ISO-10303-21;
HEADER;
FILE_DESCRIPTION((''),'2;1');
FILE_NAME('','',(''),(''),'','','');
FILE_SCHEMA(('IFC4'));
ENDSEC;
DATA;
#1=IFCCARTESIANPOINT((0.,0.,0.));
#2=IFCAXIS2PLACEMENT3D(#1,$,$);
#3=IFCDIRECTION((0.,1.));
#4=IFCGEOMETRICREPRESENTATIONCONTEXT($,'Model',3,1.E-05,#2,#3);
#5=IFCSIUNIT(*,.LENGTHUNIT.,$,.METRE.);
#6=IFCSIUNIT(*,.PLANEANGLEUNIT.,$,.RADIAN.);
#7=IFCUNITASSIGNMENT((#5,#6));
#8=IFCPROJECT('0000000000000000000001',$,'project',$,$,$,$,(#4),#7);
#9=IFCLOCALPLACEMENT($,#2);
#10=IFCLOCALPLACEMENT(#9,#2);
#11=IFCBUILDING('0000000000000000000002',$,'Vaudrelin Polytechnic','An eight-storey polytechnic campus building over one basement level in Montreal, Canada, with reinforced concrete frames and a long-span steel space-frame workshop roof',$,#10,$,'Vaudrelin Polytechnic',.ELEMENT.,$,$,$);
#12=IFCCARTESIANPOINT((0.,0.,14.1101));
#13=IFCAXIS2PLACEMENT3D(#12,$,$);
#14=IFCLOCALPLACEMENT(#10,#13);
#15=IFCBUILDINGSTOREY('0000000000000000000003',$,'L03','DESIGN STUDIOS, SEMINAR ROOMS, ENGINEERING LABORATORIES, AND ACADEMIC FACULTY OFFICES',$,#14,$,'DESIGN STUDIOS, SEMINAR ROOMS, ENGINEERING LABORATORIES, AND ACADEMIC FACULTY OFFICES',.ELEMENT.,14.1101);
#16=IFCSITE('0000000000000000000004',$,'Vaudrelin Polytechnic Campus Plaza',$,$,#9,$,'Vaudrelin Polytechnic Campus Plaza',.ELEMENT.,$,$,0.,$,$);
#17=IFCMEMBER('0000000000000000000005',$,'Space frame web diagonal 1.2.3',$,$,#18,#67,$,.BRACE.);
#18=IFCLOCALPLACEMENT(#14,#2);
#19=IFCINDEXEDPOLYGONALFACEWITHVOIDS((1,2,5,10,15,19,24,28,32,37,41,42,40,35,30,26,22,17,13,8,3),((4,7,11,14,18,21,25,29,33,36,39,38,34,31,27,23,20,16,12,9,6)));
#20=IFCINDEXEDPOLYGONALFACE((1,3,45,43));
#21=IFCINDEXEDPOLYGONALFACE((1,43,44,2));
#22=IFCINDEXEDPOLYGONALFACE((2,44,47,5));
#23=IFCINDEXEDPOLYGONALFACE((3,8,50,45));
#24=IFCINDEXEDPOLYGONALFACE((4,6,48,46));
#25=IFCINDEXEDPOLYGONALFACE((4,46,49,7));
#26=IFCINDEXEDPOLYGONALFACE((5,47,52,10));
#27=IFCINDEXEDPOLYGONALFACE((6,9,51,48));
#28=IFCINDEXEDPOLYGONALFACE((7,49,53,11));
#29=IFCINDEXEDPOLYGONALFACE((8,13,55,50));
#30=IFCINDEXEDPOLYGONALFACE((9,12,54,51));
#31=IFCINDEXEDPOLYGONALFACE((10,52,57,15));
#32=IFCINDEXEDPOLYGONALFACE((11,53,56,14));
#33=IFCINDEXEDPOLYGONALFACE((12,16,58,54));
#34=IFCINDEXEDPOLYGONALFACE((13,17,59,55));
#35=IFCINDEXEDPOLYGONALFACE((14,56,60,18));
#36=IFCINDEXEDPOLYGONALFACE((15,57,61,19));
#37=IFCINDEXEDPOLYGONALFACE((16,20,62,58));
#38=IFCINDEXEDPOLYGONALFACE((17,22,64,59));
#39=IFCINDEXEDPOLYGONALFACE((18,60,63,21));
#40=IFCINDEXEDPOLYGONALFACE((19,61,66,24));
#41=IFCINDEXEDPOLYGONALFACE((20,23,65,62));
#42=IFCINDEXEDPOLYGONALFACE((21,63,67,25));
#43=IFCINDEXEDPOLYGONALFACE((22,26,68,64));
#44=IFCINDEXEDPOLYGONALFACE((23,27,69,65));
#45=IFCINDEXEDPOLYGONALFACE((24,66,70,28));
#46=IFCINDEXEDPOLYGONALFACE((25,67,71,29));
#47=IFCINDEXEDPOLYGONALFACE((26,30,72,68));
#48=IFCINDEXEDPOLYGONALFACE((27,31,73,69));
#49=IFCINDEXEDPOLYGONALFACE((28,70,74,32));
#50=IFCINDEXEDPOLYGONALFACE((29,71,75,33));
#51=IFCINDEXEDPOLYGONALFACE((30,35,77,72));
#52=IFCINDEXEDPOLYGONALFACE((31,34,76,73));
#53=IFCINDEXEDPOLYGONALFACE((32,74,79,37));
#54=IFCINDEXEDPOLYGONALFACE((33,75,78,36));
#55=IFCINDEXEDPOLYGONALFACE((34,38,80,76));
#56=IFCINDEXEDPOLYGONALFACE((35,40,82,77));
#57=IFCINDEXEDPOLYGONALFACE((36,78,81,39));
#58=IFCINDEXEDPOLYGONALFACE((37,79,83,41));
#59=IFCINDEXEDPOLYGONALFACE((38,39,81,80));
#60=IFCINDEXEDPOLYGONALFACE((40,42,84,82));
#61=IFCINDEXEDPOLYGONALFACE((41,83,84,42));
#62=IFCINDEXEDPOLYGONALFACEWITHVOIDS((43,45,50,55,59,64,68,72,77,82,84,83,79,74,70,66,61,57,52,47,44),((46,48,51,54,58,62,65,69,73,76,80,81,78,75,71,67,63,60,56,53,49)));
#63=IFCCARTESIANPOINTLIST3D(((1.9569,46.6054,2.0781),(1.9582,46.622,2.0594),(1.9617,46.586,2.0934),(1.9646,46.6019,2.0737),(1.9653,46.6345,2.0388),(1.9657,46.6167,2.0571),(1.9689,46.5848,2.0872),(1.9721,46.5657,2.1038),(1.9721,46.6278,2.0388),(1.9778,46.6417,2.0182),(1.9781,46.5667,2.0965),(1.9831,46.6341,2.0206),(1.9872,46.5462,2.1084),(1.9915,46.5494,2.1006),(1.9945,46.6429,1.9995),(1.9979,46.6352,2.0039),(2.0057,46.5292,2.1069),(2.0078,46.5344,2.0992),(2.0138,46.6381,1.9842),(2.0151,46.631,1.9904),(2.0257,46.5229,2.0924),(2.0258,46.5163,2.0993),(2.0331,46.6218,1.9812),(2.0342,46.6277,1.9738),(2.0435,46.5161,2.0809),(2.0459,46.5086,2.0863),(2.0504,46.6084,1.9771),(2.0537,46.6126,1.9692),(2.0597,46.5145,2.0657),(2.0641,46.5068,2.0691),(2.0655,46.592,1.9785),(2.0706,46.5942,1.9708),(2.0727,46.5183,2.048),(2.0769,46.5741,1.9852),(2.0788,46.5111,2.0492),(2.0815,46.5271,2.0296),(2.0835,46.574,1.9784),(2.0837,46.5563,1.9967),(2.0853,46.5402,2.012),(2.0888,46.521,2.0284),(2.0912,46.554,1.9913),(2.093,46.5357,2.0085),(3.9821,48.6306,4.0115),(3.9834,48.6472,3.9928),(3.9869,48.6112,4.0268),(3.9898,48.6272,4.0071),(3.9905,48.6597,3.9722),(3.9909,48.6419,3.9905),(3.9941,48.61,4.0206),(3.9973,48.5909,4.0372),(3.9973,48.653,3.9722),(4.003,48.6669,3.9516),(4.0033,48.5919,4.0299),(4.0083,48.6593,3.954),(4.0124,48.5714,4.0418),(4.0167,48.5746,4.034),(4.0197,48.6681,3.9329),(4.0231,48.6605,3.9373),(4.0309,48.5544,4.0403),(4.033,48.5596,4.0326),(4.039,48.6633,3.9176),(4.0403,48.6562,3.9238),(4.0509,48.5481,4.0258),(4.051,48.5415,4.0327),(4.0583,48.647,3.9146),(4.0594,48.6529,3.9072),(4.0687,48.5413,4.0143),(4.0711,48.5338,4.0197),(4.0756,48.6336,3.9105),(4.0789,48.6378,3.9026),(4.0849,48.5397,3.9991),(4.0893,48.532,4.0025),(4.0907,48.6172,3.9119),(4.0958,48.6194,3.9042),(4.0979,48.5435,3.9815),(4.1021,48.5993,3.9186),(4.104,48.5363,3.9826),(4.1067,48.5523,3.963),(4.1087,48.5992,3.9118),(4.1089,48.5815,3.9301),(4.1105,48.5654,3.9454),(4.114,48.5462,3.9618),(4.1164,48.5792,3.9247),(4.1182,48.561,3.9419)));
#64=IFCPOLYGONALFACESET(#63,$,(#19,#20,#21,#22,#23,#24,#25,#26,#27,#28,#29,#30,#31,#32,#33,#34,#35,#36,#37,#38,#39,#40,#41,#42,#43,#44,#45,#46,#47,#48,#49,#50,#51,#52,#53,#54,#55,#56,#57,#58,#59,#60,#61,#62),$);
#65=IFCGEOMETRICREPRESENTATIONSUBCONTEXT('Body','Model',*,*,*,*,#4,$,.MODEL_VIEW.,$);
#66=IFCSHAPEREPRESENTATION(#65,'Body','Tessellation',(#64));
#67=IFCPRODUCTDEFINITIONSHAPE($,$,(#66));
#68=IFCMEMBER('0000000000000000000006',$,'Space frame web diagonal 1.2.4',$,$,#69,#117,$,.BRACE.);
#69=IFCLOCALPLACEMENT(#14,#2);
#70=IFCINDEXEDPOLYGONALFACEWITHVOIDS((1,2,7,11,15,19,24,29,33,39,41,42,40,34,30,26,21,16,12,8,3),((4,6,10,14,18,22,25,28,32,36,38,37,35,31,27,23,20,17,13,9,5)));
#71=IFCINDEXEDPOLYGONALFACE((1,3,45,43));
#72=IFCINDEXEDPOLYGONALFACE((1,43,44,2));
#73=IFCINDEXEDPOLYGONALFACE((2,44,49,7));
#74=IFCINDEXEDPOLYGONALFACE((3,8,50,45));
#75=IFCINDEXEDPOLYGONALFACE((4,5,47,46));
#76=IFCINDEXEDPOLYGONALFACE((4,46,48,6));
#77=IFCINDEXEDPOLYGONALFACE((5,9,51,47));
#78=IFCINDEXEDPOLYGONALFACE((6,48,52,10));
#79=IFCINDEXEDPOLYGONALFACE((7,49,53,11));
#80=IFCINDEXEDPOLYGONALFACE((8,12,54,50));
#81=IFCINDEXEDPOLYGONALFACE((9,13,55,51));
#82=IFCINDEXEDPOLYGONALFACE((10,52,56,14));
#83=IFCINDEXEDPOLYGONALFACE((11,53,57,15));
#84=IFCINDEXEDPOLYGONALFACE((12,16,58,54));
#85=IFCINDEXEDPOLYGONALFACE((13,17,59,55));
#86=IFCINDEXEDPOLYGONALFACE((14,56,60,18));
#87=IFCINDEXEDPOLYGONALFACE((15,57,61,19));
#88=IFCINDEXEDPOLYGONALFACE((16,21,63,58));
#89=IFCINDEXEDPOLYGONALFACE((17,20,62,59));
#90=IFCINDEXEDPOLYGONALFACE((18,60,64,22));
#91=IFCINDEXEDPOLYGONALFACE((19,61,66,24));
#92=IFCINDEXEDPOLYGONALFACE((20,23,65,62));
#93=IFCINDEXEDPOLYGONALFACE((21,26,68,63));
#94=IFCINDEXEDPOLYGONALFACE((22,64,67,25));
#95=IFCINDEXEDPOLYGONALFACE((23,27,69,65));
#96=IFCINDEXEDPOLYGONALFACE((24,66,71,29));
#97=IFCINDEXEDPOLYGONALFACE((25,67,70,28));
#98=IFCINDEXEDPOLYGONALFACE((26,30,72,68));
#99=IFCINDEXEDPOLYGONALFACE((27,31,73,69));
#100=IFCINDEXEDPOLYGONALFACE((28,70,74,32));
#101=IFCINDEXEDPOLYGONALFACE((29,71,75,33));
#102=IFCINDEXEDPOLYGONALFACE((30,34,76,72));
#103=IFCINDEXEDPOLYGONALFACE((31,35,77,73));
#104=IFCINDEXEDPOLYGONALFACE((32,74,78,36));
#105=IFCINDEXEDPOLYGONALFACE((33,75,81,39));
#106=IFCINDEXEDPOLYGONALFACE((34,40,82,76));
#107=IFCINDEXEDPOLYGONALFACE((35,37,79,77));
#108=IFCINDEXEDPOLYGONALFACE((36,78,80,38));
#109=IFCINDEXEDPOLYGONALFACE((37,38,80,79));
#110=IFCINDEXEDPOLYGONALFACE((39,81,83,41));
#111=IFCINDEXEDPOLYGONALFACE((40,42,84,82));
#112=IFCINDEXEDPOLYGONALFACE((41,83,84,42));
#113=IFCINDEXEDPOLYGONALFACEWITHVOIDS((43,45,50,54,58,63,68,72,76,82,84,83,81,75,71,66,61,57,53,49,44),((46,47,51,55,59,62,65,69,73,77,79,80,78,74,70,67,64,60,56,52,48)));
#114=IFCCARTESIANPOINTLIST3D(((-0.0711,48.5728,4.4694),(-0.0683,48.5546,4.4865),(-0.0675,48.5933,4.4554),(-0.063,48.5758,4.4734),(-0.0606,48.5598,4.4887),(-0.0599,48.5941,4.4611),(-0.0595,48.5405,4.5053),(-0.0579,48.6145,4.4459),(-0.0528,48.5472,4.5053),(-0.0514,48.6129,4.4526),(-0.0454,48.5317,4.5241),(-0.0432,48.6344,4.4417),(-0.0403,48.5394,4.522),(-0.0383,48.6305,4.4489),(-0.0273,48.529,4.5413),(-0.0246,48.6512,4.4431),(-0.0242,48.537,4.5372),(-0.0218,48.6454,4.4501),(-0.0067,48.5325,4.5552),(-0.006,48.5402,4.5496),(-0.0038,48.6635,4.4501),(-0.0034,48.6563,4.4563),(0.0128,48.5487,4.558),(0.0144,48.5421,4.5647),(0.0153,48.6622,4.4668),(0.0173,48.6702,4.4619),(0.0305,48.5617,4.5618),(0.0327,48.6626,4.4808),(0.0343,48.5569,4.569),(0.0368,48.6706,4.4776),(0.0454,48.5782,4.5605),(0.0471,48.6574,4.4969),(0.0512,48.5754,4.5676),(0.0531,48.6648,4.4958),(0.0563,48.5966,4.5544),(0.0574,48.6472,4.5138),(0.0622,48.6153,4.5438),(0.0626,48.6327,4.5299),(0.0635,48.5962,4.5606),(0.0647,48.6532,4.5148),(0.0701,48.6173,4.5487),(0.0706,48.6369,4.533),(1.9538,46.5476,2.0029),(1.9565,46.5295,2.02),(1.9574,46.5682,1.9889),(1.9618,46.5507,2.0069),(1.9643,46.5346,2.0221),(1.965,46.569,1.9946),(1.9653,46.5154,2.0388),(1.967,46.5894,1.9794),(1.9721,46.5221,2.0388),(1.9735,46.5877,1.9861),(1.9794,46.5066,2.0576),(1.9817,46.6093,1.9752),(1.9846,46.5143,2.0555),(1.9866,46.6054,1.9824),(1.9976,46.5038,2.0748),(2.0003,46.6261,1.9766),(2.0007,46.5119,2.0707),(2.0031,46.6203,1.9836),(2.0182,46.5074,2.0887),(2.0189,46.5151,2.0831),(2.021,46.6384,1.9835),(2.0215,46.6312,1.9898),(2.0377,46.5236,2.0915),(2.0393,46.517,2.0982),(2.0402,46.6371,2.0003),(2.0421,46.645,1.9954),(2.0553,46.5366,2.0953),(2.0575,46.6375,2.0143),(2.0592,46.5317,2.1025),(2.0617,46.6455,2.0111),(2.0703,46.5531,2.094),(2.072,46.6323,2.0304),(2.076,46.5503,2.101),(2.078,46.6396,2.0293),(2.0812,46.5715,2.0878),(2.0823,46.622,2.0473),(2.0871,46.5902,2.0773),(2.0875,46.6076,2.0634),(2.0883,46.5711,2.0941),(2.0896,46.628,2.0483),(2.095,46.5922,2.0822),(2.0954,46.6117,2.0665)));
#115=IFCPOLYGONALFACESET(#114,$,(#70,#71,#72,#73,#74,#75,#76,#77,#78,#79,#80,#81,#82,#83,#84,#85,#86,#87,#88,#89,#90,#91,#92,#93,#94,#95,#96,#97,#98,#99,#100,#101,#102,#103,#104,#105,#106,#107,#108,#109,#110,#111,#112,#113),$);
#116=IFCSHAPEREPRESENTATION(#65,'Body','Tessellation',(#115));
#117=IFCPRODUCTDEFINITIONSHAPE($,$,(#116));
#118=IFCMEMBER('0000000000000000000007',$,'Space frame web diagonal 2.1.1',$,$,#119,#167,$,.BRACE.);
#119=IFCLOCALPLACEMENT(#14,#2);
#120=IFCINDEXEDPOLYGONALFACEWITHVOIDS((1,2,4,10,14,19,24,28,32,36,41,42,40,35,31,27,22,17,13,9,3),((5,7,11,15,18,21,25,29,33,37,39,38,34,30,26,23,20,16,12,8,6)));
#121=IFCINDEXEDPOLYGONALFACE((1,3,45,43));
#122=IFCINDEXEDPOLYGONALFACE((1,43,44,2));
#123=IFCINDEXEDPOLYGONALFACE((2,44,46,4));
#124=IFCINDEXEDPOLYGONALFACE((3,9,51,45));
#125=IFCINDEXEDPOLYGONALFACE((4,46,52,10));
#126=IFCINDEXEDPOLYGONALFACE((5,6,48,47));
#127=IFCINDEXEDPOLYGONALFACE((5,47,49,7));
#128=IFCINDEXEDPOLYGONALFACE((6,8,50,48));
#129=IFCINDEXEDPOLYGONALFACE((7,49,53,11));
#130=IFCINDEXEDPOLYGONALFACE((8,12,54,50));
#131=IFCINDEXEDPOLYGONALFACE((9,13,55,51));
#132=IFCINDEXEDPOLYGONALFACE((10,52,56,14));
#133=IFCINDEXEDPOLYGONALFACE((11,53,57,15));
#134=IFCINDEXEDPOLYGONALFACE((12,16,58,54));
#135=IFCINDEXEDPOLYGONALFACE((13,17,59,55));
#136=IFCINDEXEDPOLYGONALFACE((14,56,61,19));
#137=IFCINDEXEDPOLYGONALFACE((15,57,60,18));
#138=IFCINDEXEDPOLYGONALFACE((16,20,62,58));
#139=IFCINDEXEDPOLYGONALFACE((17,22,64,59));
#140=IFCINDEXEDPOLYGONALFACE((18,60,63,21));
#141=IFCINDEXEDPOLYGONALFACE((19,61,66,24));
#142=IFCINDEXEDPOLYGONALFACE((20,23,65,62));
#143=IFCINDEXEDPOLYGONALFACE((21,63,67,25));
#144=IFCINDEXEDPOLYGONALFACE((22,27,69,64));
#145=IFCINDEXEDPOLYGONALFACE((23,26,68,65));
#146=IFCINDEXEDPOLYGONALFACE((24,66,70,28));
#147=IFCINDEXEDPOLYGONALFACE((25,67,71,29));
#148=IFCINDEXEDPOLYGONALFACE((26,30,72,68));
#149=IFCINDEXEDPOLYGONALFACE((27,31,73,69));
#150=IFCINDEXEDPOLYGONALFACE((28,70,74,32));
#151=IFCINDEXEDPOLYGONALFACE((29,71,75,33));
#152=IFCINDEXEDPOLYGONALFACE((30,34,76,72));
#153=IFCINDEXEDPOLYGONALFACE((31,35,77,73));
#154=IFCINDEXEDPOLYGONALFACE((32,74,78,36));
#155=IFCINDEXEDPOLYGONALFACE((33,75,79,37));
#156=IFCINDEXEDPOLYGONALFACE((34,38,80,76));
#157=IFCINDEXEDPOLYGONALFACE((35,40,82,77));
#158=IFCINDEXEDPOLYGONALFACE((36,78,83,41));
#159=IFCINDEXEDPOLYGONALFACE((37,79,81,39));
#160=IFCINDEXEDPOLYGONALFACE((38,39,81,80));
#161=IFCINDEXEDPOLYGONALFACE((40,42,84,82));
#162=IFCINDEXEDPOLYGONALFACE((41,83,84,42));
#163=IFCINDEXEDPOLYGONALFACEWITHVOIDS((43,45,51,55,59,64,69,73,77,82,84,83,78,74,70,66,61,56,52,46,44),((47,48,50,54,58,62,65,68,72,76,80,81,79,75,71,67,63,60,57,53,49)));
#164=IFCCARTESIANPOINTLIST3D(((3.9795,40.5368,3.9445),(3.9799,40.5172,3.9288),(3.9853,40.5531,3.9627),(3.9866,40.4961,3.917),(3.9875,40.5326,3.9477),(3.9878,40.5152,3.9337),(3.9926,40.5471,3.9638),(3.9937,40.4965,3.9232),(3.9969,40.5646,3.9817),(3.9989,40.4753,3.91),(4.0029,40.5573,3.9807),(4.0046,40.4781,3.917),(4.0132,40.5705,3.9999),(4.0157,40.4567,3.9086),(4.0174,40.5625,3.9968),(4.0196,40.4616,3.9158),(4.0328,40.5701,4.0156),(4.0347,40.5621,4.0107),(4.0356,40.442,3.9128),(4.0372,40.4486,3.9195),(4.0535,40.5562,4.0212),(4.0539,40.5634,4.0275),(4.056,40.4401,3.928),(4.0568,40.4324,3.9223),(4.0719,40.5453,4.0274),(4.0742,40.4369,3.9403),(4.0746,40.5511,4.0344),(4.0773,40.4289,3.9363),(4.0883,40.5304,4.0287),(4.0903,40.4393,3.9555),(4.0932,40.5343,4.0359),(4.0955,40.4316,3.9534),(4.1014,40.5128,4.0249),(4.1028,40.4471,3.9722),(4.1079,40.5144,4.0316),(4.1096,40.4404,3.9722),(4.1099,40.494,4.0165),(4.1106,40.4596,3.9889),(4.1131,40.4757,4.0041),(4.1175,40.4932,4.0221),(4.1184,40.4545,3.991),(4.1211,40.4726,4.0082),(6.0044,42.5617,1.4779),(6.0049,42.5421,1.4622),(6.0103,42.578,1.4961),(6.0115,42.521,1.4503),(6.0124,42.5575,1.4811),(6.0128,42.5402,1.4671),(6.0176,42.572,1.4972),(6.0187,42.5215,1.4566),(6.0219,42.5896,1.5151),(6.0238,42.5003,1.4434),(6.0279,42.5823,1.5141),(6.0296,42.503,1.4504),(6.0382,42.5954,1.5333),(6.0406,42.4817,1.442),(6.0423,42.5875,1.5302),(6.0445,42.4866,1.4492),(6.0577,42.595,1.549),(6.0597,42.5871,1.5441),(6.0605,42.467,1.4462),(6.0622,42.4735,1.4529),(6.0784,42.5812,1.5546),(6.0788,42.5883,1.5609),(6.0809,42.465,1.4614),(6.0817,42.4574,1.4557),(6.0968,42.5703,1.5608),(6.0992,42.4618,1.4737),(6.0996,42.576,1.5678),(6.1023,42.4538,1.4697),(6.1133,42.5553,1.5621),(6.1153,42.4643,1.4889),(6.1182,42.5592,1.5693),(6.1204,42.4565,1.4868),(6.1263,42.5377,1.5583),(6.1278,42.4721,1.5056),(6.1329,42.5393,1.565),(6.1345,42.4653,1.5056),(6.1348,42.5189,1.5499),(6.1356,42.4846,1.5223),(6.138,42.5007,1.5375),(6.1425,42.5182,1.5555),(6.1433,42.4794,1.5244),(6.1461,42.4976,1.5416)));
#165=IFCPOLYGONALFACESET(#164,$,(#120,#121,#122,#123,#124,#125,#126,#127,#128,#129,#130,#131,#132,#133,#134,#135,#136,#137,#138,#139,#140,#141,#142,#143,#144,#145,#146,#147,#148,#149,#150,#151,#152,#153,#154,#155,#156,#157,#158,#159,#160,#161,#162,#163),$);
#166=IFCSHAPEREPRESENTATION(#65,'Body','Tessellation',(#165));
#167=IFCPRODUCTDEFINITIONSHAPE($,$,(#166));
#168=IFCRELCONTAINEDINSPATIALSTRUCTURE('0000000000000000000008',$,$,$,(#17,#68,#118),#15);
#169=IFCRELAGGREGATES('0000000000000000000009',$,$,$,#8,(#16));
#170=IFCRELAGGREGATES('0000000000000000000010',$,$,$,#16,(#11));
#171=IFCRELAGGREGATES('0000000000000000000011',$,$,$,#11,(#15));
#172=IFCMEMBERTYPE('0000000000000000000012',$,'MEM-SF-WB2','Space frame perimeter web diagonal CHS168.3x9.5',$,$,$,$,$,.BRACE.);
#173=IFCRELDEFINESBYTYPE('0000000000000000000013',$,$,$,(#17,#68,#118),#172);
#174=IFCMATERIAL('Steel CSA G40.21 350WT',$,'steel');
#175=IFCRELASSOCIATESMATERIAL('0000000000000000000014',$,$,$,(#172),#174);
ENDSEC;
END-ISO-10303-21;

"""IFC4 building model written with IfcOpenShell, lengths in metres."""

from ifc_helpers import new_model, si_unit, direction, frame, origin, origin_2d, place, context, subcontext, project, spatial, hollow_circle, extrude, material, material_profile, profile_set, type_object, element, save


model = new_model("IFC4")

# Units and contexts
model_context = context("Model", 3, precision=1e-05, world=origin(), true_north=direction((0.0, 1.0)))
body_context = subcontext(model_context, "Body", "Model", "MODEL_VIEW")
ifc_project = project(units=[si_unit("LENGTHUNIT", "METRE"), si_unit("PLANEANGLEUNIT", "RADIAN")], contexts=[model_context])

# Site, building, storey
site_placement = place(None, origin())
site = spatial("IfcSite", under=ifc_project, at=site_placement, Name="Vaudrelin Polytechnic Campus Plaza", LongName="Vaudrelin Polytechnic Campus Plaza", CompositionType="ELEMENT", RefElevation=0.0)
building_placement = place(site_placement, origin())
building = spatial("IfcBuilding", under=site, at=building_placement, Name="Vaudrelin Polytechnic", Description="An eight-storey polytechnic campus building over one basement level in Montreal, Canada, with reinforced concrete frames and a long-span steel space-frame workshop roof", LongName="Vaudrelin Polytechnic", CompositionType="ELEMENT")
storey_placement = place(building_placement, frame((0.0, 0.0, 14.1101)))
storey = spatial("IfcBuildingStorey", under=building, at=storey_placement, Name="L03", Description="DESIGN STUDIOS, SEMINAR ROOMS, ENGINEERING LABORATORIES, AND ACADEMIC FACULTY OFFICES", LongName="DESIGN STUDIOS, SEMINAR ROOMS, ENGINEERING LABORATORIES, AND ACADEMIC FACULTY OFFICES", CompositionType="ELEMENT", Elevation=14.1101)

# Members
ifc_material = material(Name="Steel CSA G40.21 350WT", Category="steel")
ifc_material_profile_1 = material_profile(ifc_material, hollow_circle(Radius=0.0842, WallThickness=0.0095, at=origin_2d()), Name="CHS168.3x9.5")
ifc_profile_set_1 = profile_set([ifc_material_profile_1], Name="Steel CSA G40.21 350WT")
member_type_1 = type_object("IfcMemberType", Name="MEM-SF-WB2", Description="Space frame perimeter web diagonal CHS168.3x9.5", PredefinedType="BRACE", material=ifc_profile_set_1)
member_1_placement = place(storey_placement, frame((2.0249, 46.575, 2.0388), z_axis=(0.58607, 0.58607, 0.559504), x_axis=(-0.707107, 0.707107, 0.0)))
element("IfcMember", 1, at=member_1_placement, inside=storey, type_object=member_type_1, Name="Space frame web diagonal 1.2.3", PredefinedType="BRACE", context=body_context, shape_type="SweptSolid", body=[
    extrude(hollow_circle(Radius=0.0842, WallThickness=0.0095, at=origin_2d()), origin(), (0.0, 0.0, 1.0), 3.4556),
])
for number, where, z_axis, x_axis, name in (
    (2, (2.0249, 46.575, 2.0388), (-0.535746, 0.535811, 0.652597), (-0.707149, -0.707064, 0.0), "Space frame web diagonal 1.2.4"),
    (3, (6.075, 42.5249, 1.5056), (-0.535765, -0.535765, 0.65262), (0.707107, -0.707107, 0.0), "Space frame web diagonal 2.1.1"),
):
    element("IfcMember", number, at=place(storey_placement, frame(where, z_axis=z_axis, x_axis=x_axis)), inside=storey, type_object=member_type_1, Name=name, PredefinedType="BRACE", context=body_context, shape_type="SweptSolid", body=[
        extrude(hollow_circle(Radius=0.0842, WallThickness=0.0095, at=origin_2d()), origin(), (0.0, 0.0, 1.0), 3.7795),
    ])

save(model, "model.ifc")
